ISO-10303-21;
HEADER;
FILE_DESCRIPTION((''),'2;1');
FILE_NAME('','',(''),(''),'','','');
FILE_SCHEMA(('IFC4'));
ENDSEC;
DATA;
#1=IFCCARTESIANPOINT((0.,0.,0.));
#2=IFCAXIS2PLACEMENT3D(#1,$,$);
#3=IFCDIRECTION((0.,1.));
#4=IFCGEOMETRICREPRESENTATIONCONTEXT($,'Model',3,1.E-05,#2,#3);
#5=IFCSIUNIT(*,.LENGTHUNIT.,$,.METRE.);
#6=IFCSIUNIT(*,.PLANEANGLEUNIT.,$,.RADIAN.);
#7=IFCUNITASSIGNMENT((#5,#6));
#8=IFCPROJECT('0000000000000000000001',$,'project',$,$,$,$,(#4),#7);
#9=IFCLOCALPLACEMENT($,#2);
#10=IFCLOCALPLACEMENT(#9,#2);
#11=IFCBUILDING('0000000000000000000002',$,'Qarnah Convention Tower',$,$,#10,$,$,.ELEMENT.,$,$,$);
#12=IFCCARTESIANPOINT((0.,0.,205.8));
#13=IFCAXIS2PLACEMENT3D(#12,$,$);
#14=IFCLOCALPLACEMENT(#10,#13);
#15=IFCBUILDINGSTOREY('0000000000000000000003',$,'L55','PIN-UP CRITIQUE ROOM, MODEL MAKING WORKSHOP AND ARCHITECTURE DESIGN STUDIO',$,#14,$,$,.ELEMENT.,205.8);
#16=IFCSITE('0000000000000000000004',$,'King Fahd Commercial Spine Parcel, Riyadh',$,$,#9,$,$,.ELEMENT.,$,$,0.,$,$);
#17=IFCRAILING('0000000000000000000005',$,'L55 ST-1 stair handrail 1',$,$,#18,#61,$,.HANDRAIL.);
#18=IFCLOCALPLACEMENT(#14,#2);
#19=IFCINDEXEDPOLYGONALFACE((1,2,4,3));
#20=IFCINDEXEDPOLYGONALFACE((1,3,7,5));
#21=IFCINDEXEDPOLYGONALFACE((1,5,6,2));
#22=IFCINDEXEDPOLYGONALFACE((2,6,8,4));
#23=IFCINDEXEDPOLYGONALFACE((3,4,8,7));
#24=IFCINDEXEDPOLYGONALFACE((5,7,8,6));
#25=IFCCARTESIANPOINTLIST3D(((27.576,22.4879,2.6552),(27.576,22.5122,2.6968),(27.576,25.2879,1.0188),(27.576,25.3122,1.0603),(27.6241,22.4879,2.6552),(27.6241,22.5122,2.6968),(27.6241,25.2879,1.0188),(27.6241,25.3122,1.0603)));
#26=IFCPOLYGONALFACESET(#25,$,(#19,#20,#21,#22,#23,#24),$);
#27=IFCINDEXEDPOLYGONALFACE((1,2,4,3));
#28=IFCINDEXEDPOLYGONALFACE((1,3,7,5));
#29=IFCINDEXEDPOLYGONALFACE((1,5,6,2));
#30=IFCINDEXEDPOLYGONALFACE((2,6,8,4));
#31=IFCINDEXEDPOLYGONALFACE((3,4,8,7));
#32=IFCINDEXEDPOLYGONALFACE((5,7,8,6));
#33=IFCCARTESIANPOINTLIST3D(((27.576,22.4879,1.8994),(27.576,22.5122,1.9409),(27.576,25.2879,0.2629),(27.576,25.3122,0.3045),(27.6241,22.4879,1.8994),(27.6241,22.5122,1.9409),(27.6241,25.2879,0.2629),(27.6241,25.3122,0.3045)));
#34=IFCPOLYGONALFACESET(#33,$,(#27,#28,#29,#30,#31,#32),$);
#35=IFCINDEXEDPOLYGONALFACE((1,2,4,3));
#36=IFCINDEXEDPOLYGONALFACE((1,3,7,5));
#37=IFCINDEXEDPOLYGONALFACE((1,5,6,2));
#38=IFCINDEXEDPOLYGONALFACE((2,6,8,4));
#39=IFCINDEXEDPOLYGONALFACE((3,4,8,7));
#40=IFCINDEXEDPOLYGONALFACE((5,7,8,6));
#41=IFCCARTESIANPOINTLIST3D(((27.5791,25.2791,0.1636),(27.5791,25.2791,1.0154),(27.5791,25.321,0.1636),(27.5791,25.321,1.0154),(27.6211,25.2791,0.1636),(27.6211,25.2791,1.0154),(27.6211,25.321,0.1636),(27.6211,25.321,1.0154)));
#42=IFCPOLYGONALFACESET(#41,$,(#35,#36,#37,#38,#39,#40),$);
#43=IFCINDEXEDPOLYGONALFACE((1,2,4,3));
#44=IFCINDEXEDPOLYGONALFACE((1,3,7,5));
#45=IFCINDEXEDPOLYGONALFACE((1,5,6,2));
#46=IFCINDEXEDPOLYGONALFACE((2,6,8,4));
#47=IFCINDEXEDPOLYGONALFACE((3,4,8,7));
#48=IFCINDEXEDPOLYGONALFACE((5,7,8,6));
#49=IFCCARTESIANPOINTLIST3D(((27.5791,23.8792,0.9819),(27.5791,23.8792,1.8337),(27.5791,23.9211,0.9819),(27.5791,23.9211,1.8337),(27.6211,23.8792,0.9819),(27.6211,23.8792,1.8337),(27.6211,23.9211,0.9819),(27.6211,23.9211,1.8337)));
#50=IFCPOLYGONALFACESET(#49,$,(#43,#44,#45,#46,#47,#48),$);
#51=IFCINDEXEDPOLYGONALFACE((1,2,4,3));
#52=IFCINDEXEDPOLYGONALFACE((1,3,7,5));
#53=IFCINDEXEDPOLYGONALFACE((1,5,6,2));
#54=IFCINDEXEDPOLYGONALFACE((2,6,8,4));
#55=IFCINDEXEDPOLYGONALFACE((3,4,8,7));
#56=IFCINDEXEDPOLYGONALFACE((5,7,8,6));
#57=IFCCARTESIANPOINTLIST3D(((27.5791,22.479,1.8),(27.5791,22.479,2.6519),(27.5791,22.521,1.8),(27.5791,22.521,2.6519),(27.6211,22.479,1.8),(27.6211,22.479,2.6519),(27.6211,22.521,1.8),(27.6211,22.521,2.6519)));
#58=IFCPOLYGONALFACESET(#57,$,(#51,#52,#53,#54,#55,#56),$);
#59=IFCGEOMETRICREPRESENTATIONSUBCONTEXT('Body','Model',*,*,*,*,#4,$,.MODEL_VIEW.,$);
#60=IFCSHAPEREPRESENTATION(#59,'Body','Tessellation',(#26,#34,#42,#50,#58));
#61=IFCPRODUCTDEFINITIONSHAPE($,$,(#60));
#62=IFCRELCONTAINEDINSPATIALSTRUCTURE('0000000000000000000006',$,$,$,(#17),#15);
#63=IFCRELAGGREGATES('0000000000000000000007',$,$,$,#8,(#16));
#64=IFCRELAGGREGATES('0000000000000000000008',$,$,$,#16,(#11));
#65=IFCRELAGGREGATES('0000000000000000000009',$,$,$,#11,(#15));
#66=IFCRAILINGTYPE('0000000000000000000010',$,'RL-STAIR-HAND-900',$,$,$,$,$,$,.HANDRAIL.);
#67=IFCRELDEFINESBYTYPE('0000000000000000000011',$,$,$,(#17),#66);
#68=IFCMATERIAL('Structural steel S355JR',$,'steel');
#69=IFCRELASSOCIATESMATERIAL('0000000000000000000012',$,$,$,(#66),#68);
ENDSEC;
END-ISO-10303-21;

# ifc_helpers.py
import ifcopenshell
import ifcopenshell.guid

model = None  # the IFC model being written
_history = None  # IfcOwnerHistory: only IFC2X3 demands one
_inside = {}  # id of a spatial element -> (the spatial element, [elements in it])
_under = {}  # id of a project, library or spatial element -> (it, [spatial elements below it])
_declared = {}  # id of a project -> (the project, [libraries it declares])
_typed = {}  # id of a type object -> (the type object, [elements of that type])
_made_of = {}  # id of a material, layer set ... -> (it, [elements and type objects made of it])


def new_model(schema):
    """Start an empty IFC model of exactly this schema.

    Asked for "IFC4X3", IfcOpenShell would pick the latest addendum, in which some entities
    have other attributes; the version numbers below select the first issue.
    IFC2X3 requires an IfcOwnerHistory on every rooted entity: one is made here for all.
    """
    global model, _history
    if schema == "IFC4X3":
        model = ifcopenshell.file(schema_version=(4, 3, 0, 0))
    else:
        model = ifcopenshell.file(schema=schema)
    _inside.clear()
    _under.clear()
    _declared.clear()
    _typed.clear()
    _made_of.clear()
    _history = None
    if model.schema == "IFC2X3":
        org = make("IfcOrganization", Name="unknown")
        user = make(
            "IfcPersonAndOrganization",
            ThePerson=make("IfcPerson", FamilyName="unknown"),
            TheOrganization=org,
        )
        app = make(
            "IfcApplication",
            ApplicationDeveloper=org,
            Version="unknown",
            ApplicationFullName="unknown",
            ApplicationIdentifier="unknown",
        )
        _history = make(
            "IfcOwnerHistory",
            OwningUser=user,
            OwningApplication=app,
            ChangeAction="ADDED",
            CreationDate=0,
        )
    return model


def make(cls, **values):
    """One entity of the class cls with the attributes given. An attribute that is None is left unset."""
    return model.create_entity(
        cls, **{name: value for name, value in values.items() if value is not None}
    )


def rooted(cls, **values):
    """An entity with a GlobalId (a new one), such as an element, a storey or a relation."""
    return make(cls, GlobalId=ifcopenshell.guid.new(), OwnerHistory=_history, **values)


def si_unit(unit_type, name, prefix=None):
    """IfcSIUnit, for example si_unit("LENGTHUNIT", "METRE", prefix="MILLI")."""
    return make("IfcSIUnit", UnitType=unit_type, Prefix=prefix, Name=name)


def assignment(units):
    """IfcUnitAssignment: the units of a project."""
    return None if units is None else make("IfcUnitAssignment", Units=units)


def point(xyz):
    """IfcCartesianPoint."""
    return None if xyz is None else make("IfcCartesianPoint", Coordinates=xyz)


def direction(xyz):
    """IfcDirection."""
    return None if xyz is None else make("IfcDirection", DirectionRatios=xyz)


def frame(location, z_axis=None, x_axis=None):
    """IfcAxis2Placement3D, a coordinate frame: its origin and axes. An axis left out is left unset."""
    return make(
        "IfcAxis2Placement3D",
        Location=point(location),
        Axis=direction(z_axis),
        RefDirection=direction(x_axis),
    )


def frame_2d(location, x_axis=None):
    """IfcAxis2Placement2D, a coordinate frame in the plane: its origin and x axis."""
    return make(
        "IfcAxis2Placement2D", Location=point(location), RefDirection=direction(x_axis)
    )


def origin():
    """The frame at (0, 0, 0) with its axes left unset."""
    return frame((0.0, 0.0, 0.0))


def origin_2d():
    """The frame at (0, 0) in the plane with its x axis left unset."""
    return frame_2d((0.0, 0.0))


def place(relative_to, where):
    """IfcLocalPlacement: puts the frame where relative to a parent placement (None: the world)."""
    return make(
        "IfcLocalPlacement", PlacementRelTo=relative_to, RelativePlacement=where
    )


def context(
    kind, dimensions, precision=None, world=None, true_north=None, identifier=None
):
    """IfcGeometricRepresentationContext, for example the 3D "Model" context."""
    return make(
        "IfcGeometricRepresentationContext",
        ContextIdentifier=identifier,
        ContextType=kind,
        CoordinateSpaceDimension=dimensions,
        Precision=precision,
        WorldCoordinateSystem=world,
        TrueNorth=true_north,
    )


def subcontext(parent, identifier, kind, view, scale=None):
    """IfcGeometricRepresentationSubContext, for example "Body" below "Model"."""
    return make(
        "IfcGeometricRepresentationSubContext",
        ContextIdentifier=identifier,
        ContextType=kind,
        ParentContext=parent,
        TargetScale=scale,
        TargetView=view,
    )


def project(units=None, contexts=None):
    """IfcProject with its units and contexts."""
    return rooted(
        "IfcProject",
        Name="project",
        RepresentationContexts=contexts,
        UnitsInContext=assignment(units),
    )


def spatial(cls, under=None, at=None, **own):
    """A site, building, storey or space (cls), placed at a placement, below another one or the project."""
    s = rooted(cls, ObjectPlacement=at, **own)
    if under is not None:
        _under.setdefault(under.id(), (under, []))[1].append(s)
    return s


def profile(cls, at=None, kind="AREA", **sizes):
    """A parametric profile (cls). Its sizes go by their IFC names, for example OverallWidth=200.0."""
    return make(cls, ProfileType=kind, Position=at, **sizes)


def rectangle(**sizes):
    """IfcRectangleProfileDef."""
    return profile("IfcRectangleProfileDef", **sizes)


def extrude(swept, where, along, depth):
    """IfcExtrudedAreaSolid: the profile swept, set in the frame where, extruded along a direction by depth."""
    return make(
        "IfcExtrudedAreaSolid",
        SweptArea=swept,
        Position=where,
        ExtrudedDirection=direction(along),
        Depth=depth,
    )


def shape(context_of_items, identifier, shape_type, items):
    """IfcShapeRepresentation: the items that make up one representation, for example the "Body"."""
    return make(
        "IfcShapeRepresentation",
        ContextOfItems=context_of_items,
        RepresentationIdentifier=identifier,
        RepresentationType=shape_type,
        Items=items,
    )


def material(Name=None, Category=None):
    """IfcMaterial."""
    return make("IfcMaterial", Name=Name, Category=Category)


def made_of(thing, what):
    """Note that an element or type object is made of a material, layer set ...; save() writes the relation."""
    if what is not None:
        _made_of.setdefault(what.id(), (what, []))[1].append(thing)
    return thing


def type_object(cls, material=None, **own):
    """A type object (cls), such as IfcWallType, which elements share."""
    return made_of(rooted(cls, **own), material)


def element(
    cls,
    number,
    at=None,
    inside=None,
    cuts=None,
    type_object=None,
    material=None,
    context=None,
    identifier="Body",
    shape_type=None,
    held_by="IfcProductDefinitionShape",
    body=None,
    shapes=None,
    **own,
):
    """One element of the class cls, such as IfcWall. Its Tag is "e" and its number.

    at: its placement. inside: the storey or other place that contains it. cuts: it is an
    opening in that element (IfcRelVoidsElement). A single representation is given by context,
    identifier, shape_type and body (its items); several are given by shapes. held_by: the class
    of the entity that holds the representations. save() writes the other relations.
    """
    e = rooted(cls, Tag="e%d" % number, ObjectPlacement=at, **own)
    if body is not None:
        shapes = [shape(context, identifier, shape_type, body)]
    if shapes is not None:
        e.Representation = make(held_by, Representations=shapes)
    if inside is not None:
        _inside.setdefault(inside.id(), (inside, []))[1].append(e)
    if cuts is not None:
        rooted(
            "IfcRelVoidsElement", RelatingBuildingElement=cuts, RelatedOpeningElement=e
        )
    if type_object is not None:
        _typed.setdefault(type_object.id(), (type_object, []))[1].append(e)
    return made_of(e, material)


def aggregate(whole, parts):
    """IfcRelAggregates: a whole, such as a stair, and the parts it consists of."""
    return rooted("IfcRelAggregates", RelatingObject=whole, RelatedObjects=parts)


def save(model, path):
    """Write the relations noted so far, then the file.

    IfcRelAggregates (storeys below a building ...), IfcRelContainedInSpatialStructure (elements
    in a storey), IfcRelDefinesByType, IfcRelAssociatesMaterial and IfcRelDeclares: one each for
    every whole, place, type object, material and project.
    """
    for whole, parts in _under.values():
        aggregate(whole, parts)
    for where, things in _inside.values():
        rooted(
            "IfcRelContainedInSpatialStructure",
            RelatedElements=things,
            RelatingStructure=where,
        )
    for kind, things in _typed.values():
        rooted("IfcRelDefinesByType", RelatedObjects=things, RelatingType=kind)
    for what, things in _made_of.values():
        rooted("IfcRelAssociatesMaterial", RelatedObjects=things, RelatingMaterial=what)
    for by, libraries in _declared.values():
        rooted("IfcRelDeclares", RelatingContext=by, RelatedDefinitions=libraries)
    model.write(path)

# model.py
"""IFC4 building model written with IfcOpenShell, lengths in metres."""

from ifc_helpers import new_model, si_unit, direction, frame, origin, origin_2d, place, context, subcontext, project, spatial, rectangle, extrude, material, type_object, element, save


model = new_model("IFC4")

# Units and contexts
model_context = context("Model", 3, precision=1e-05, world=origin(), true_north=direction((0.0, 1.0)))
body_context = subcontext(model_context, "Body", "Model", "MODEL_VIEW")
ifc_project = project(units=[si_unit("LENGTHUNIT", "METRE"), si_unit("PLANEANGLEUNIT", "RADIAN")], contexts=[model_context])

# Site, building, storey
site_placement = place(None, origin())
site = spatial("IfcSite", under=ifc_project, at=site_placement, Name="King Fahd Commercial Spine Parcel, Riyadh", CompositionType="ELEMENT", RefElevation=0.0)
building_placement = place(site_placement, origin())
building = spatial("IfcBuilding", under=site, at=building_placement, Name="Qarnah Convention Tower", CompositionType="ELEMENT")
storey_placement = place(building_placement, frame((0.0, 0.0, 205.8)))
storey = spatial("IfcBuildingStorey", under=building, at=storey_placement, Name="L55", Description="PIN-UP CRITIQUE ROOM, MODEL MAKING WORKSHOP AND ARCHITECTURE DESIGN STUDIO", CompositionType="ELEMENT", Elevation=205.8)

# Shared definitions
ifc_material_1 = material(Name="Structural steel S355JR", Category="steel")

# Railing
railing_type_1 = type_object("IfcRailingType", Name="RL-STAIR-HAND-900", PredefinedType="HANDRAIL", material=ifc_material_1)
railing_1_placement = place(storey_placement, frame((27.6001, 25.3, 0.1636)))
element("IfcRailing", 1, at=railing_1_placement, inside=storey, type_object=railing_type_1, Name="L55 ST-1 stair handrail 1", PredefinedType="HANDRAIL", context=body_context, shape_type="SweptSolid", body=[
    extrude(rectangle(XDim=0.0481, YDim=0.0481, at=origin_2d()), frame((0.0, 0.0, 0.876), z_axis=(0.0, -0.863361, 0.504587), x_axis=(1.0, 0.0, 0.0)), (0.0, 0.0, 1.0), 3.2432),
    extrude(rectangle(XDim=0.0481, YDim=0.0481, at=origin_2d()), frame((0.0, 0.0, 0.1201), z_axis=(0.0, -0.863361, 0.504587), x_axis=(1.0, 0.0, 0.0)), (0.0, 0.0, 1.0), 3.2432),
    extrude(rectangle(XDim=0.042, YDim=0.042, at=origin_2d()), origin(), (0.0, 0.0, 1.0), 0.8518),
    extrude(rectangle(XDim=0.042, YDim=0.042, at=origin_2d()), frame((0.0, -1.3999, 0.8184)), (0.0, 0.0, 1.0), 0.8518),
    extrude(rectangle(XDim=0.042, YDim=0.042, at=origin_2d()), frame((0.0, -2.8, 1.6365)), (0.0, 0.0, 1.0), 0.8518),
])

save(model, "model.ifc")
